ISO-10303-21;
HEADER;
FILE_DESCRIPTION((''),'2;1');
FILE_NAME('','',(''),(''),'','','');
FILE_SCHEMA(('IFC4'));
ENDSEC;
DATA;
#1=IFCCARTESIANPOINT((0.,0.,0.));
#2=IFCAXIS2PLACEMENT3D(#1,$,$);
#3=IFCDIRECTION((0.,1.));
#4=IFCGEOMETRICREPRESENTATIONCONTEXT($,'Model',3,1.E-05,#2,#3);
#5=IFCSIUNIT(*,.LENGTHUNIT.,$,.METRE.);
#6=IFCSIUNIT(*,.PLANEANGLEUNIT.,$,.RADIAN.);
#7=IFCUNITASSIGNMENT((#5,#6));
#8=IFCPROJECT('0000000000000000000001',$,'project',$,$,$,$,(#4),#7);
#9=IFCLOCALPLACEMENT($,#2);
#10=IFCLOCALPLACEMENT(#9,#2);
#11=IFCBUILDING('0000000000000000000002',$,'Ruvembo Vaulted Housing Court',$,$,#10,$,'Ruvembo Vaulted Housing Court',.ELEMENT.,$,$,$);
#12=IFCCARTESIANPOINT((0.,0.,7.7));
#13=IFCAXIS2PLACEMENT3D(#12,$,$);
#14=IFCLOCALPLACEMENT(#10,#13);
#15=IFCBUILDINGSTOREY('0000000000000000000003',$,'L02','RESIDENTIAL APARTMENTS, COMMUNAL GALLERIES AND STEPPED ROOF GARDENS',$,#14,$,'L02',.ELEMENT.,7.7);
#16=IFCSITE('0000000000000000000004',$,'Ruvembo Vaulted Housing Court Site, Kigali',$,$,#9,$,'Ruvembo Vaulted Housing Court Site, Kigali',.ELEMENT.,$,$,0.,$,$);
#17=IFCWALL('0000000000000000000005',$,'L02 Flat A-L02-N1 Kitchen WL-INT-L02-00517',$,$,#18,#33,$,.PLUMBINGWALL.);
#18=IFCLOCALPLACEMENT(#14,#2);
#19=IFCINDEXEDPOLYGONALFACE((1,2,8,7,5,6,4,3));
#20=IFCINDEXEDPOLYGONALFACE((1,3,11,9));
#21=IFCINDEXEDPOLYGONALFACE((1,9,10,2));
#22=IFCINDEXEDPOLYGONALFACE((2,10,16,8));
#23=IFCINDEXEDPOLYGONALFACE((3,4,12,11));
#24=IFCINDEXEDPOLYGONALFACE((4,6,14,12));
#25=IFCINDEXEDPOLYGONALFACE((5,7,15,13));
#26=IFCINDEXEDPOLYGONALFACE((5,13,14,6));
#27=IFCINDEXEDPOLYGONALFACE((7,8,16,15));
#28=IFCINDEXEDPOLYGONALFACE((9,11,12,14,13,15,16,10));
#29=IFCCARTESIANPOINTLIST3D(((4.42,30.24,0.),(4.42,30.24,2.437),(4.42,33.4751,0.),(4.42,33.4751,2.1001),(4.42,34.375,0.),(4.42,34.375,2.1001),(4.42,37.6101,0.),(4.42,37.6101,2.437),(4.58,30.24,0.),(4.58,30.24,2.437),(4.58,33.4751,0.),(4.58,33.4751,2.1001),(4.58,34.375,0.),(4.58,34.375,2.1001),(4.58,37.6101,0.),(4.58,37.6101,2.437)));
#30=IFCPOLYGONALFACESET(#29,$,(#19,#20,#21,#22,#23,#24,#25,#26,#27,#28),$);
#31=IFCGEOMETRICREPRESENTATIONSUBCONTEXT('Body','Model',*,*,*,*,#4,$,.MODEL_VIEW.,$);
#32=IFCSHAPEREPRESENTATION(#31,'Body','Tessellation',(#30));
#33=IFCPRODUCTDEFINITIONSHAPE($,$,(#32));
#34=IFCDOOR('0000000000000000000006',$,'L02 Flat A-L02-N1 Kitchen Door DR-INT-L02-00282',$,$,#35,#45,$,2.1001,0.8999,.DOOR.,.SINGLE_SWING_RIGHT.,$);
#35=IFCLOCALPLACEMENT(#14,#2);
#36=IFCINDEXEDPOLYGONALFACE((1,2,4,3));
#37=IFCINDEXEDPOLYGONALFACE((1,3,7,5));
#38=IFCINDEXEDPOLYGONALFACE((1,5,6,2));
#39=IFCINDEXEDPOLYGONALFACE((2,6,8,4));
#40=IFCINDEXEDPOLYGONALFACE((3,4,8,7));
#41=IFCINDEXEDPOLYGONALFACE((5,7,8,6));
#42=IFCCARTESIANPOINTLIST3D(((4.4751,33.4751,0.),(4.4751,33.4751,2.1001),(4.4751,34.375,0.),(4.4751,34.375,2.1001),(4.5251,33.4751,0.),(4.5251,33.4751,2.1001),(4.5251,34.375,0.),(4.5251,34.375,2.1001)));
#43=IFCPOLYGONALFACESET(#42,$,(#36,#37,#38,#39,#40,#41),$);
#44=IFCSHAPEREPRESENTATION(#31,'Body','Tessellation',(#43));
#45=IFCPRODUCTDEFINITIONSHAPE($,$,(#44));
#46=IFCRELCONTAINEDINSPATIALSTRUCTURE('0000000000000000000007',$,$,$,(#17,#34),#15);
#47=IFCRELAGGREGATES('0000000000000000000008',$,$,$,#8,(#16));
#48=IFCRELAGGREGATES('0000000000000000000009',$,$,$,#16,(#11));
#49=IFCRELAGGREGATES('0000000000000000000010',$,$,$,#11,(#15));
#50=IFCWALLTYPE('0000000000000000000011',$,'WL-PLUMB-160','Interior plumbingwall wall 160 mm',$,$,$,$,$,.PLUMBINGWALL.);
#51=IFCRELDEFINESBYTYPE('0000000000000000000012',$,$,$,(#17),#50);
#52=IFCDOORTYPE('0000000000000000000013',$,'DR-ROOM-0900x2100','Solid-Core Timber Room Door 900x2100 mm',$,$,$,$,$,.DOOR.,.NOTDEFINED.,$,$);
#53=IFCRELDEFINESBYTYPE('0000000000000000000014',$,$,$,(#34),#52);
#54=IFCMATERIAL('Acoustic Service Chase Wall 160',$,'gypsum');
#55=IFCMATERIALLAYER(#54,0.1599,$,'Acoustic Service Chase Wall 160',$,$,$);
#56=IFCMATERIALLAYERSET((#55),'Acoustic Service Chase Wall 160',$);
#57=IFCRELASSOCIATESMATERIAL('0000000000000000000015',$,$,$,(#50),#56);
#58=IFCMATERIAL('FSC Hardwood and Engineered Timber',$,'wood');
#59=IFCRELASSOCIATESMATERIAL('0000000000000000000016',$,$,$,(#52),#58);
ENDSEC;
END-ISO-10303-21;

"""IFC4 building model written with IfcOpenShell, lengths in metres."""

from ifc_helpers import new_model, si_unit, direction, frame, frame_2d, origin, place, context, subcontext, project, spatial, rectangle, extrude, material, layer, layer_set, type_object, element, fill, save


model = new_model("IFC4")

# Units and contexts
model_context = context("Model", 3, precision=1e-05, world=origin(), true_north=direction((0.0, 1.0)))
body_context = subcontext(model_context, "Body", "Model", "MODEL_VIEW")
ifc_project = project(units=[si_unit("LENGTHUNIT", "METRE"), si_unit("PLANEANGLEUNIT", "RADIAN")], contexts=[model_context])

# Site, building, storey
site_placement = place(None, origin())
site = spatial("IfcSite", under=ifc_project, at=site_placement, Name="Ruvembo Vaulted Housing Court Site, Kigali", LongName="Ruvembo Vaulted Housing Court Site, Kigali", CompositionType="ELEMENT", RefElevation=0.0)
building_placement = place(site_placement, origin())
building = spatial("IfcBuilding", under=site, at=building_placement, Name="Ruvembo Vaulted Housing Court", LongName="Ruvembo Vaulted Housing Court", CompositionType="ELEMENT")
storey_placement = place(building_placement, frame((0.0, 0.0, 7.7)))
storey = spatial("IfcBuildingStorey", under=building, at=storey_placement, Name="L02", Description="RESIDENTIAL APARTMENTS, COMMUNAL GALLERIES AND STEPPED ROOF GARDENS", LongName="L02", CompositionType="ELEMENT", Elevation=7.7)

# Shared definitions
ifc_material_1 = material(Name="FSC Hardwood and Engineered Timber", Category="wood")

# Wall, opening, door
ifc_material_2 = material(Name="Acoustic Service Chase Wall 160", Category="gypsum")
ifc_layer_1 = layer(ifc_material_2, 0.1599, Name="Acoustic Service Chase Wall 160")
ifc_layer_set_1 = layer_set([ifc_layer_1], Name="Acoustic Service Chase Wall 160")
wall_type_1 = type_object("IfcWallType", Name="WL-PLUMB-160", Description="Interior plumbingwall wall 160 mm", PredefinedType="PLUMBINGWALL", material=ifc_layer_set_1)
wall_1_placement = place(storey_placement, frame((4.5, 30.24, 0.0), z_axis=(0.0, 0.0, 1.0), x_axis=(0.0, 1.0, 0.0)))
wall_1 = element("IfcWall", 1, at=wall_1_placement, inside=storey, type_object=wall_type_1, Name="L02 Flat A-L02-N1 Kitchen WL-INT-L02-00517", PredefinedType="PLUMBINGWALL", context=body_context, shape_type="SweptSolid", body=[
    extrude(rectangle(XDim=7.3701, YDim=0.1599, at=frame_2d((3.6851, 0.0))), origin(), (0.0, 0.0, 1.0), 2.437),
])
opening_1_placement = place(wall_1_placement, frame((3.2351, 0.0, 0.0)))
opening_1 = element("IfcOpeningElement", 2, at=opening_1_placement, cuts=wall_1, PredefinedType="OPENING", context=body_context, shape_type="SweptSolid", body=[
    extrude(rectangle(XDim=0.8999, YDim=2.1001, at=frame_2d((0.45, 1.05))), frame((0.0, 0.0898, 0.0), z_axis=(0.0, -1.0, 0.0), x_axis=(1.0, 0.0, 0.0)), (0.0, 0.0, 1.0), 0.1799),
])
door_type_1 = type_object("IfcDoorType", Name="DR-ROOM-0900x2100", Description="Solid-Core Timber Room Door 900x2100 mm", OperationType="NOTDEFINED", PredefinedType="DOOR", material=ifc_material_1)
door_1_placement = place(opening_1_placement, origin())
door_1 = element("IfcDoor", 3, at=door_1_placement, inside=storey, type_object=door_type_1, Name="L02 Flat A-L02-N1 Kitchen Door DR-INT-L02-00282", OperationType="SINGLE_SWING_RIGHT", OverallHeight=2.1001, OverallWidth=0.8999, PredefinedType="DOOR", context=body_context, shape_type="SweptSolid", body=[
    extrude(rectangle(XDim=0.8999, YDim=2.1001, at=frame_2d((0.45, 1.05))), frame((0.0, 0.0249, 0.0), z_axis=(0.0, -1.0, 0.0), x_axis=(1.0, 0.0, 0.0)), (0.0, 0.0, 1.0), 0.05),
])
fill(opening_1, door_1)

save(model, "model.ifc")
